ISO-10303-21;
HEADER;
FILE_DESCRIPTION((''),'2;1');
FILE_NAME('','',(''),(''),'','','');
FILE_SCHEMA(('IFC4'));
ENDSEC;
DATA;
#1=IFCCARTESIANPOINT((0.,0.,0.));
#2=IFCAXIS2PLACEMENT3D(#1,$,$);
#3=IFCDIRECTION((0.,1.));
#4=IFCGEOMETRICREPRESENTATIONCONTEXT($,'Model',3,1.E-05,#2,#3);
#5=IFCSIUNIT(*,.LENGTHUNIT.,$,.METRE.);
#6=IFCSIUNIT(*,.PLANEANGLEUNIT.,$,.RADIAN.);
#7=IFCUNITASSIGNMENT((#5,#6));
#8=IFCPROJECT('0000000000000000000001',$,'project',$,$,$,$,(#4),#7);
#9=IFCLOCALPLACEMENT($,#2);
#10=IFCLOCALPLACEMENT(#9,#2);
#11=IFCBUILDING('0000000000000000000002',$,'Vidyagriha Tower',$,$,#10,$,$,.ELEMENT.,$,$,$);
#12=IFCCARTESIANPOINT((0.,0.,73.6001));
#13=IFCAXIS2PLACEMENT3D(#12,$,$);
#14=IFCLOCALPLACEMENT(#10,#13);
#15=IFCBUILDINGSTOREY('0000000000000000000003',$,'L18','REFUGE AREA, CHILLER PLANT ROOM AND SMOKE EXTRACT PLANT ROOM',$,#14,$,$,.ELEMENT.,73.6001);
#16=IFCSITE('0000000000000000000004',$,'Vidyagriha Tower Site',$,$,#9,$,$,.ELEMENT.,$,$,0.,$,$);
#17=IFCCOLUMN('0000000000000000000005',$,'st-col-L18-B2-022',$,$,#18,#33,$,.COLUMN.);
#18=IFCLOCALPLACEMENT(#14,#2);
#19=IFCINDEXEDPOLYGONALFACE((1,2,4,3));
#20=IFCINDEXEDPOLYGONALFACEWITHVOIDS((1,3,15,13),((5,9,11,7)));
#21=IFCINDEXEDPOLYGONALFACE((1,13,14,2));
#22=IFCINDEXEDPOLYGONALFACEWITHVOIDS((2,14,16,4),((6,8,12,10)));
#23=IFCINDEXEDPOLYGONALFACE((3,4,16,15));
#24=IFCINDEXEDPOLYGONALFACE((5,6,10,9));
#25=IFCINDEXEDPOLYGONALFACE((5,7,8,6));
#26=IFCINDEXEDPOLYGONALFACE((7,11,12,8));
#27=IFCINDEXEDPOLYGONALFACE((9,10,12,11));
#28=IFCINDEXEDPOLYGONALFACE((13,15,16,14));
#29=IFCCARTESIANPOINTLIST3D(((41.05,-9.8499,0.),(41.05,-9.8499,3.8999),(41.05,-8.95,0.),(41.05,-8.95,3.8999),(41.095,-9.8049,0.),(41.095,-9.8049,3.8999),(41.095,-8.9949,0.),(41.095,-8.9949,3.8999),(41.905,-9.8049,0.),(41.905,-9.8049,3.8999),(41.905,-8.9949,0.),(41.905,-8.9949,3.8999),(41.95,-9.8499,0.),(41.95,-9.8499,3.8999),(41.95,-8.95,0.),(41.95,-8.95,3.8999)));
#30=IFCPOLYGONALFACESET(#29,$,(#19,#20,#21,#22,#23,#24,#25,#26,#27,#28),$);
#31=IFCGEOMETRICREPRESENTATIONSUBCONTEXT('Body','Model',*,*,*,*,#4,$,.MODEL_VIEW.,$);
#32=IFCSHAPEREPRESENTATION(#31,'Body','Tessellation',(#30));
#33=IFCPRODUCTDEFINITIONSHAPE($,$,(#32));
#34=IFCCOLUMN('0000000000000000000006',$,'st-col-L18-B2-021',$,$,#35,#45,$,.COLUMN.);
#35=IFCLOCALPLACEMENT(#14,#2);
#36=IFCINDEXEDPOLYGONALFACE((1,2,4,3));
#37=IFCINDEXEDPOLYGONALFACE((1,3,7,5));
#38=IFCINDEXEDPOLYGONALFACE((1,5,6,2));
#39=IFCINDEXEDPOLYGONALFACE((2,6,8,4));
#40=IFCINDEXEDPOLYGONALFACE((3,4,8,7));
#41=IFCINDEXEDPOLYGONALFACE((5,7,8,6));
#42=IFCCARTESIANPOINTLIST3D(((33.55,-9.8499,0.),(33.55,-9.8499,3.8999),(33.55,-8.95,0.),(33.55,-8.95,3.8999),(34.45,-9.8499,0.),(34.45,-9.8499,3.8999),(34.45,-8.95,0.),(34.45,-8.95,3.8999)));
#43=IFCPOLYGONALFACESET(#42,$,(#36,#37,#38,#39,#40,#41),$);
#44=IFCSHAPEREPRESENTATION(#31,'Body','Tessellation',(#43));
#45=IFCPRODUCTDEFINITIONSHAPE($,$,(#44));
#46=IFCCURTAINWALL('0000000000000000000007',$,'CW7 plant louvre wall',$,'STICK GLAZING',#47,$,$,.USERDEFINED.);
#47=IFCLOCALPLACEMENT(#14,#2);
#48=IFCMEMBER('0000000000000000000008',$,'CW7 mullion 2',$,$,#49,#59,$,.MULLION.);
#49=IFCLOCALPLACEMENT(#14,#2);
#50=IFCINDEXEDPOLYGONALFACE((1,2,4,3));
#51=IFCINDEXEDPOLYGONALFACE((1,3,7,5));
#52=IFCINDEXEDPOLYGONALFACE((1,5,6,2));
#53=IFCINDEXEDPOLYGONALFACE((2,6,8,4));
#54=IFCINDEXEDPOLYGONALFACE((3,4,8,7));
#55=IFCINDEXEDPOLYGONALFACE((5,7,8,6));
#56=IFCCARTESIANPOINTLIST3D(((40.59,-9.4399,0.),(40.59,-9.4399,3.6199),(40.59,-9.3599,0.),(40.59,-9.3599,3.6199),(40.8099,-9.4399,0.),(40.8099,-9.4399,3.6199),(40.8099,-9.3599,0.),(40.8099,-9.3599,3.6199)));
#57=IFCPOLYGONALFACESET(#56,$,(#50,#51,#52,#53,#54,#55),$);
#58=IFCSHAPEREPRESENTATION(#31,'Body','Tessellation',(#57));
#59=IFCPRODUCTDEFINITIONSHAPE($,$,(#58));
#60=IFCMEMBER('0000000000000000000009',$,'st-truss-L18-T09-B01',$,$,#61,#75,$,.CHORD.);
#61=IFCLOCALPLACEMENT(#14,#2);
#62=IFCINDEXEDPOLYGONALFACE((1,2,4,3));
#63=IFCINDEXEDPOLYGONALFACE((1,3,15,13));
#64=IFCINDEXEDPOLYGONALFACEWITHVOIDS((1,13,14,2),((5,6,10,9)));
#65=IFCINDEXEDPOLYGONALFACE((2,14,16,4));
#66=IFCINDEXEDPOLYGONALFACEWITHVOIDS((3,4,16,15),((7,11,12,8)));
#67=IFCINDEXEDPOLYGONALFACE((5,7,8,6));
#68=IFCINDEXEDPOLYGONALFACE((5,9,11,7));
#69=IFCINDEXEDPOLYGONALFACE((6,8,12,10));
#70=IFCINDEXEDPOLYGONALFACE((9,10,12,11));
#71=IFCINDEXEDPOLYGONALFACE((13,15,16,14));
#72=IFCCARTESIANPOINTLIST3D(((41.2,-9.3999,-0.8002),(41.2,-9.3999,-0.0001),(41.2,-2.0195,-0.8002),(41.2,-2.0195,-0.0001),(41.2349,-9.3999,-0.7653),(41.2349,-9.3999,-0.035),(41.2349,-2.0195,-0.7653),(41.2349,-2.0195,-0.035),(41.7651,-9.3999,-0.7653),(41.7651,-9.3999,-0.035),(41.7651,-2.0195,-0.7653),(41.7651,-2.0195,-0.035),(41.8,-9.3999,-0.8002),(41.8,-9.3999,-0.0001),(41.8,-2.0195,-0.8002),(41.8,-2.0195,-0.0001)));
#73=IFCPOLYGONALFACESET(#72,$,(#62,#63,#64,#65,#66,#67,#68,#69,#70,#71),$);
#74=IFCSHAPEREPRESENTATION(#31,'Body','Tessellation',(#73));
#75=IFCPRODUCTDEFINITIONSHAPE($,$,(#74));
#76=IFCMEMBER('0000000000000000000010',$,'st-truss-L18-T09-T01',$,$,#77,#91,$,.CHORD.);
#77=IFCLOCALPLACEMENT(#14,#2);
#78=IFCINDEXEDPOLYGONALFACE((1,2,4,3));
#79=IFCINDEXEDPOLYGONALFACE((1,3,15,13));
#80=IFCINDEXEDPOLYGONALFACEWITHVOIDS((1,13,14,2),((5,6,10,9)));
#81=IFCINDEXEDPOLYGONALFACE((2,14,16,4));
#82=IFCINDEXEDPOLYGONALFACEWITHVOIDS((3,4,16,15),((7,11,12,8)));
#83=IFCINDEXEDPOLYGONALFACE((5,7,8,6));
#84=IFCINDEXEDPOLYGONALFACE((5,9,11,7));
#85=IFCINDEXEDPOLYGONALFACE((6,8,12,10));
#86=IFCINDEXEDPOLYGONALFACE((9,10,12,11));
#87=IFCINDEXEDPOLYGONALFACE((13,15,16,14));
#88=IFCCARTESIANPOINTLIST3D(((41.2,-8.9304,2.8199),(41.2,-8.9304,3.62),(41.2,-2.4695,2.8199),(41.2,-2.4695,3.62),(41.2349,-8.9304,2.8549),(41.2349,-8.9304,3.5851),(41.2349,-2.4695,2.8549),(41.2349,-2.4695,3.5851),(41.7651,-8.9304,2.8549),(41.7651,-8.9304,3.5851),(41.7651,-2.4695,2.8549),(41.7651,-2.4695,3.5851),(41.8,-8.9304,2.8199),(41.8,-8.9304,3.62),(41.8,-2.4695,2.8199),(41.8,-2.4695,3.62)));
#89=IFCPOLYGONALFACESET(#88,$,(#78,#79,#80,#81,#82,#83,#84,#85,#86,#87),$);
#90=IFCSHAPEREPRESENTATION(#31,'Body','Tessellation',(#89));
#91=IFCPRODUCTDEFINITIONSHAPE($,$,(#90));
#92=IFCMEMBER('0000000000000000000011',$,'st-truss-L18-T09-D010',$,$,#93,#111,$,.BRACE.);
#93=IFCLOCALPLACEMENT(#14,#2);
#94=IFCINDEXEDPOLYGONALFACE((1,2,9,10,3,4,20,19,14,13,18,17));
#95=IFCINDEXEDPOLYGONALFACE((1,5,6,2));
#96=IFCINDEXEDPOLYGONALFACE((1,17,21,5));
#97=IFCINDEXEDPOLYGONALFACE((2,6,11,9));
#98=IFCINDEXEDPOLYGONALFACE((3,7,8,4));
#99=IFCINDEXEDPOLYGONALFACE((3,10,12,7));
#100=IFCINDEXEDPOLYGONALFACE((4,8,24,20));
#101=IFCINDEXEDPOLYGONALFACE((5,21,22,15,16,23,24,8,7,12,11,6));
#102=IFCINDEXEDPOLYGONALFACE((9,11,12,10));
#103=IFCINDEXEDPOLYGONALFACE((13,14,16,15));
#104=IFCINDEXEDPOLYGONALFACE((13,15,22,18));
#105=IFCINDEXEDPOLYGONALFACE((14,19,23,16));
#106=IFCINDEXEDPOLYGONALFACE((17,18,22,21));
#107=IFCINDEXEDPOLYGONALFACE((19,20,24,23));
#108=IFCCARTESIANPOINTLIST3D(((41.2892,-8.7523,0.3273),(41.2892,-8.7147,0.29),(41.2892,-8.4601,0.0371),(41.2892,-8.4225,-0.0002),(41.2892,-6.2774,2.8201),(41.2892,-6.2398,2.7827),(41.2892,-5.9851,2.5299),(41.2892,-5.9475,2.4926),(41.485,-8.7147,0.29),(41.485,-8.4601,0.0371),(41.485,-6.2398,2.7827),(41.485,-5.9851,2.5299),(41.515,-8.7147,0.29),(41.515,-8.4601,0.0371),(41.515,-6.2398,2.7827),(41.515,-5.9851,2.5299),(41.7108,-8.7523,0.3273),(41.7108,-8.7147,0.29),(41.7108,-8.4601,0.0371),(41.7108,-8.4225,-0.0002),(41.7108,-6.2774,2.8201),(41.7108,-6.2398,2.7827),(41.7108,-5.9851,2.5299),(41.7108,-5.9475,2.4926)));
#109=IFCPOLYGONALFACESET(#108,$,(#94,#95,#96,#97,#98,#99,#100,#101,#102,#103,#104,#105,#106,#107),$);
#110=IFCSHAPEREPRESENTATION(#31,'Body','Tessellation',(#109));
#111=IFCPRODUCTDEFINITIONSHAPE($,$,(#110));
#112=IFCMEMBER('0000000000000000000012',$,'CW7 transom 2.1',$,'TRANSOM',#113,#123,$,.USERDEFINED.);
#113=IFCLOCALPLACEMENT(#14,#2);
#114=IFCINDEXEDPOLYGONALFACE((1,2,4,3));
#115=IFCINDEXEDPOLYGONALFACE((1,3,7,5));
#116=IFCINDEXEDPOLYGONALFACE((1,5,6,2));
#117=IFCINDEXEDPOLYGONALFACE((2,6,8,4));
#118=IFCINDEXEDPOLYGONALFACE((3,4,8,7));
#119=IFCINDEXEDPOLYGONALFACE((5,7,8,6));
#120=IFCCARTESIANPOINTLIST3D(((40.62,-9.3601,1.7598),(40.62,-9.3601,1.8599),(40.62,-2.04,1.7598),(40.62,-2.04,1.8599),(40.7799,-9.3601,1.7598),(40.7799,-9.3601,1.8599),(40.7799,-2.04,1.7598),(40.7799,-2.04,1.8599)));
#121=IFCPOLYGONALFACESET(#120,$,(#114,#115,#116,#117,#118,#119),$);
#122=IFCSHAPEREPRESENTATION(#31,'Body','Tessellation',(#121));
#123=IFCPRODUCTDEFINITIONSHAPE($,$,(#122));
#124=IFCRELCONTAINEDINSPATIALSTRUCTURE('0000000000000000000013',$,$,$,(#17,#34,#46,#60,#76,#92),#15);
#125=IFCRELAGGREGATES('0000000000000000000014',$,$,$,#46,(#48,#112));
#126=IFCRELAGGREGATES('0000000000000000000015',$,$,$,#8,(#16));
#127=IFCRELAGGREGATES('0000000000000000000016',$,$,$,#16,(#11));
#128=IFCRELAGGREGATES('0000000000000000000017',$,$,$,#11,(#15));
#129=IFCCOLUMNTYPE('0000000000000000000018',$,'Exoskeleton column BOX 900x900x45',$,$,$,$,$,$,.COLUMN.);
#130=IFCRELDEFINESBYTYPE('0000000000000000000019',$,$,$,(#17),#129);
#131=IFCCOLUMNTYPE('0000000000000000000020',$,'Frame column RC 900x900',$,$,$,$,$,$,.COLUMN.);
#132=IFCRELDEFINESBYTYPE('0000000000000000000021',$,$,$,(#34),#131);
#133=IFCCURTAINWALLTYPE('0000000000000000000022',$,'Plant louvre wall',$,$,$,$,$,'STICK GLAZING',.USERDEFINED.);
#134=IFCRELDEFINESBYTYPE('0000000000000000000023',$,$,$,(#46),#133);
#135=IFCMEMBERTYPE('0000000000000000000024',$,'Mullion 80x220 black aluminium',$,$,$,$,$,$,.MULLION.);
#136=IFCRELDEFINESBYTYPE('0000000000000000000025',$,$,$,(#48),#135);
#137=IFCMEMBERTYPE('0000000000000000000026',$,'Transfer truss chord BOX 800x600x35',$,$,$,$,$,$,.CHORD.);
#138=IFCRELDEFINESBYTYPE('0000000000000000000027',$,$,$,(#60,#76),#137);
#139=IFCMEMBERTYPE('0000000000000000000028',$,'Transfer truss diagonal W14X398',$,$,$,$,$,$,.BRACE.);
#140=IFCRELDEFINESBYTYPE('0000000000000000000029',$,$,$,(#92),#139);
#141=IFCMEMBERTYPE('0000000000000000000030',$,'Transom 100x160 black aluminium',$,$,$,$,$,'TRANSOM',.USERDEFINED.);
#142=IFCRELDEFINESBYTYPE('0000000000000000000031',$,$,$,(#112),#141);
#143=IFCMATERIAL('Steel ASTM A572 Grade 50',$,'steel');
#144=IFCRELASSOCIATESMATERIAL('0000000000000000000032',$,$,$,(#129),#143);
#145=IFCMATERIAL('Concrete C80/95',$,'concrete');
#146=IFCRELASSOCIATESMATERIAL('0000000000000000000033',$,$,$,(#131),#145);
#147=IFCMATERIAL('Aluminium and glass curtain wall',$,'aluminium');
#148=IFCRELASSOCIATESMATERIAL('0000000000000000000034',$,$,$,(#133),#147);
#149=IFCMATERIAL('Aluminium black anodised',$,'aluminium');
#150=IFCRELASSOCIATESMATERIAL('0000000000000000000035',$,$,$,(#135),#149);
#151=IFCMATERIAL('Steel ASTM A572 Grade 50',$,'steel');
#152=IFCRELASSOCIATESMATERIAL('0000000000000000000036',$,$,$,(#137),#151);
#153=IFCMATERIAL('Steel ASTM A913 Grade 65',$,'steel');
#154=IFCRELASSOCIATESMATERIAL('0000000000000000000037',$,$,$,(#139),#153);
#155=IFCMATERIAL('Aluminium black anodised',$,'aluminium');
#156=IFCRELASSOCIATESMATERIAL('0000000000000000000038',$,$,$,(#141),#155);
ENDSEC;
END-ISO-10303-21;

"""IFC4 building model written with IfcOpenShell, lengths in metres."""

from ifc_helpers import new_model, si_unit, direction, frame, origin, origin_2d, place, context, subcontext, project, spatial, rectangle, hollow_rectangle, i_section, extrude, material, material_profile, profile_set, type_object, element, aggregate, save


model = new_model("IFC4")

# Units and contexts
model_context = context("Model", 3, precision=1e-05, world=origin(), true_north=direction((0.0, 1.0)))
body_context = subcontext(model_context, "Body", "Model", "MODEL_VIEW")
ifc_project = project(units=[si_unit("LENGTHUNIT", "METRE"), si_unit("PLANEANGLEUNIT", "RADIAN")], contexts=[model_context])

# Site, building, storey
site_placement = place(None, origin())
site = spatial("IfcSite", under=ifc_project, at=site_placement, Name="Vidyagriha Tower Site", CompositionType="ELEMENT", RefElevation=0.0)
building_placement = place(site_placement, origin())
building = spatial("IfcBuilding", under=site, at=building_placement, Name="Vidyagriha Tower", CompositionType="ELEMENT")
storey_placement = place(building_placement, frame((0.0, 0.0, 73.6001)))
storey = spatial("IfcBuildingStorey", under=building, at=storey_placement, Name="L18", Description="REFUGE AREA, CHILLER PLANT ROOM AND SMOKE EXTRACT PLANT ROOM", CompositionType="ELEMENT", Elevation=73.6001)

# Columns
ifc_material_1 = material(Name="Steel ASTM A572 Grade 50", Category="steel")
ifc_material_profile_1 = material_profile(ifc_material_1, hollow_rectangle(XDim=0.8999, YDim=0.8999, WallThickness=0.0449, at=origin_2d()), Name="BOX 900x900x45")
ifc_profile_set_1 = profile_set([ifc_material_profile_1], Name="Steel ASTM A572 Grade 50")
column_type_1 = type_object("IfcColumnType", Name="Exoskeleton column BOX 900x900x45", PredefinedType="COLUMN", material=ifc_profile_set_1)
column_1_placement = place(storey_placement, frame((41.5, -9.3999, 0.0)))
element("IfcColumn", 1, at=column_1_placement, inside=storey, type_object=column_type_1, Name="st-col-L18-B2-022", PredefinedType="COLUMN", context=body_context, shape_type="SweptSolid", body=[
    extrude(hollow_rectangle(XDim=0.8999, YDim=0.8999, WallThickness=0.0449, at=origin_2d()), origin(), (0.0, 0.0, 1.0), 3.8999),
])
ifc_material_2 = material(Name="Concrete C80/95", Category="concrete")
ifc_material_profile_2 = material_profile(ifc_material_2, rectangle(XDim=0.8999, YDim=0.8999, at=origin_2d()), Name="RC 900x900")
ifc_profile_set_2 = profile_set([ifc_material_profile_2], Name="Concrete C80/95")
column_type_2 = type_object("IfcColumnType", Name="Frame column RC 900x900", PredefinedType="COLUMN", material=ifc_profile_set_2)
column_2_placement = place(storey_placement, frame((34.0, -9.3999, 0.0)))
element("IfcColumn", 2, at=column_2_placement, inside=storey, type_object=column_type_2, Name="st-col-L18-B2-021", PredefinedType="COLUMN", context=body_context, shape_type="SweptSolid", body=[
    extrude(rectangle(XDim=0.8999, YDim=0.8999, at=origin_2d()), origin(), (0.0, 0.0, 1.0), 3.8999),
])

# Curtain wall, member
ifc_material_3 = material(Name="Aluminium and glass curtain wall", Category="aluminium")
curtain_wall_type = type_object("IfcCurtainWallType", Name="Plant louvre wall", ElementType="STICK GLAZING", PredefinedType="USERDEFINED", material=ifc_material_3)
curtain_wall_placement = place(storey_placement, origin())
curtain_wall = element("IfcCurtainWall", 3, at=curtain_wall_placement, inside=storey, type_object=curtain_wall_type, Name="CW7 plant louvre wall", ObjectType="STICK GLAZING", PredefinedType="USERDEFINED")
ifc_material_4 = material(Name="Aluminium black anodised", Category="aluminium")
ifc_material_profile_3 = material_profile(ifc_material_4, rectangle(XDim=0.22, YDim=0.0801, at=origin_2d()), Name="Mullion 80x220 black aluminium")
ifc_profile_set_3 = profile_set([ifc_material_profile_3], Name="Aluminium black anodised")
member_type_1 = type_object("IfcMemberType", Name="Mullion 80x220 black aluminium", PredefinedType="MULLION", material=ifc_profile_set_3)
member_1_placement = place(storey_placement, frame((40.7, -9.3999, 0.0), z_axis=(0.0, 0.0, 1.0), x_axis=(-1.0, 0.0, 0.0)))
member_1 = element("IfcMember", 4, at=member_1_placement, type_object=member_type_1, Name="CW7 mullion 2", PredefinedType="MULLION", context=body_context, shape_type="SweptSolid", body=[
    extrude(rectangle(XDim=0.22, YDim=0.0801, at=origin_2d()), origin(), (0.0, 0.0, 1.0), 3.6199),
])

# Members
ifc_material_5 = material(Name="Steel ASTM A572 Grade 50", Category="steel")
ifc_material_profile_4 = material_profile(ifc_material_5, hollow_rectangle(XDim=0.6001, YDim=0.8, WallThickness=0.0349, at=origin_2d()), Name="BOX 800x600x35")
ifc_profile_set_4 = profile_set([ifc_material_profile_4], Name="Steel ASTM A572 Grade 50")
member_type_2 = type_object("IfcMemberType", Name="Transfer truss chord BOX 800x600x35", PredefinedType="CHORD", material=ifc_profile_set_4)
member_2_placement = place(storey_placement, frame((41.5, -9.3999, -0.4001), z_axis=(0.0, 1.0, 0.0), x_axis=(-1.0, 0.0, 0.0)))
element("IfcMember", 5, at=member_2_placement, inside=storey, type_object=member_type_2, Name="st-truss-L18-T09-B01", PredefinedType="CHORD", context=body_context, shape_type="SweptSolid", body=[
    extrude(hollow_rectangle(XDim=0.6001, YDim=0.8, WallThickness=0.0349, at=origin_2d()), origin(), (0.0, 0.0, 1.0), 7.3804),
])
member_3_placement = place(storey_placement, frame((41.5, -8.9304, 3.22), z_axis=(0.0, 1.0, 0.0), x_axis=(-1.0, 0.0, 0.0)))
element("IfcMember", 6, at=member_3_placement, inside=storey, type_object=member_type_2, Name="st-truss-L18-T09-T01", PredefinedType="CHORD", context=body_context, shape_type="SweptSolid", body=[
    extrude(hollow_rectangle(XDim=0.6001, YDim=0.8, WallThickness=0.0349, at=origin_2d()), origin(), (0.0, 0.0, 1.0), 6.4609),
])
ifc_material_6 = material(Name="Steel ASTM A913 Grade 65", Category="steel")
ifc_material_profile_5 = material_profile(ifc_material_6, i_section(OverallWidth=0.4216, OverallDepth=0.4648, WebThickness=0.03, FlangeThickness=0.053, at=origin_2d()), Name="W14X398")
ifc_profile_set_5 = profile_set([ifc_material_profile_5], Name="Steel ASTM A913 Grade 65")
member_type_3 = type_object("IfcMemberType", Name="Transfer truss diagonal W14X398", PredefinedType="BRACE", material=ifc_profile_set_5)
member_4_placement = place(storey_placement, frame((41.5, -8.5874, 0.1636), z_axis=(0.0, 0.704565, 0.709639), x_axis=(-1.0, 0.0, 0.0)))
element("IfcMember", 7, at=member_4_placement, inside=storey, type_object=member_type_3, Name="st-truss-L18-T09-D010", PredefinedType="BRACE", context=body_context, shape_type="SweptSolid", body=[
    extrude(i_section(OverallWidth=0.4216, OverallDepth=0.4648, WebThickness=0.03, FlangeThickness=0.053, at=origin_2d()), origin(), (0.0, 0.0, 1.0), 3.5127),
])

# Member
ifc_material_7 = material(Name="Aluminium black anodised", Category="aluminium")
ifc_material_profile_6 = material_profile(ifc_material_7, rectangle(XDim=0.1599, YDim=0.1001, at=origin_2d()), Name="Transom 100x160 black aluminium")
ifc_profile_set_6 = profile_set([ifc_material_profile_6], Name="Aluminium black anodised")
member_type_4 = type_object("IfcMemberType", Name="Transom 100x160 black aluminium", ElementType="TRANSOM", PredefinedType="USERDEFINED", material=ifc_profile_set_6)
member_5_placement = place(storey_placement, frame((40.7, -9.3601, 1.8098), z_axis=(0.0, 1.0, 0.0), x_axis=(-1.0, 0.0, 0.0)))
member_5 = element("IfcMember", 8, at=member_5_placement, type_object=member_type_4, Name="CW7 transom 2.1", ObjectType="TRANSOM", PredefinedType="USERDEFINED", context=body_context, shape_type="SweptSolid", body=[
    extrude(rectangle(XDim=0.1599, YDim=0.1001, at=origin_2d()), origin(), (0.0, 0.0, 1.0), 7.3201),
])
aggregate(curtain_wall, [member_1, member_5])

save(model, "model.ifc")
